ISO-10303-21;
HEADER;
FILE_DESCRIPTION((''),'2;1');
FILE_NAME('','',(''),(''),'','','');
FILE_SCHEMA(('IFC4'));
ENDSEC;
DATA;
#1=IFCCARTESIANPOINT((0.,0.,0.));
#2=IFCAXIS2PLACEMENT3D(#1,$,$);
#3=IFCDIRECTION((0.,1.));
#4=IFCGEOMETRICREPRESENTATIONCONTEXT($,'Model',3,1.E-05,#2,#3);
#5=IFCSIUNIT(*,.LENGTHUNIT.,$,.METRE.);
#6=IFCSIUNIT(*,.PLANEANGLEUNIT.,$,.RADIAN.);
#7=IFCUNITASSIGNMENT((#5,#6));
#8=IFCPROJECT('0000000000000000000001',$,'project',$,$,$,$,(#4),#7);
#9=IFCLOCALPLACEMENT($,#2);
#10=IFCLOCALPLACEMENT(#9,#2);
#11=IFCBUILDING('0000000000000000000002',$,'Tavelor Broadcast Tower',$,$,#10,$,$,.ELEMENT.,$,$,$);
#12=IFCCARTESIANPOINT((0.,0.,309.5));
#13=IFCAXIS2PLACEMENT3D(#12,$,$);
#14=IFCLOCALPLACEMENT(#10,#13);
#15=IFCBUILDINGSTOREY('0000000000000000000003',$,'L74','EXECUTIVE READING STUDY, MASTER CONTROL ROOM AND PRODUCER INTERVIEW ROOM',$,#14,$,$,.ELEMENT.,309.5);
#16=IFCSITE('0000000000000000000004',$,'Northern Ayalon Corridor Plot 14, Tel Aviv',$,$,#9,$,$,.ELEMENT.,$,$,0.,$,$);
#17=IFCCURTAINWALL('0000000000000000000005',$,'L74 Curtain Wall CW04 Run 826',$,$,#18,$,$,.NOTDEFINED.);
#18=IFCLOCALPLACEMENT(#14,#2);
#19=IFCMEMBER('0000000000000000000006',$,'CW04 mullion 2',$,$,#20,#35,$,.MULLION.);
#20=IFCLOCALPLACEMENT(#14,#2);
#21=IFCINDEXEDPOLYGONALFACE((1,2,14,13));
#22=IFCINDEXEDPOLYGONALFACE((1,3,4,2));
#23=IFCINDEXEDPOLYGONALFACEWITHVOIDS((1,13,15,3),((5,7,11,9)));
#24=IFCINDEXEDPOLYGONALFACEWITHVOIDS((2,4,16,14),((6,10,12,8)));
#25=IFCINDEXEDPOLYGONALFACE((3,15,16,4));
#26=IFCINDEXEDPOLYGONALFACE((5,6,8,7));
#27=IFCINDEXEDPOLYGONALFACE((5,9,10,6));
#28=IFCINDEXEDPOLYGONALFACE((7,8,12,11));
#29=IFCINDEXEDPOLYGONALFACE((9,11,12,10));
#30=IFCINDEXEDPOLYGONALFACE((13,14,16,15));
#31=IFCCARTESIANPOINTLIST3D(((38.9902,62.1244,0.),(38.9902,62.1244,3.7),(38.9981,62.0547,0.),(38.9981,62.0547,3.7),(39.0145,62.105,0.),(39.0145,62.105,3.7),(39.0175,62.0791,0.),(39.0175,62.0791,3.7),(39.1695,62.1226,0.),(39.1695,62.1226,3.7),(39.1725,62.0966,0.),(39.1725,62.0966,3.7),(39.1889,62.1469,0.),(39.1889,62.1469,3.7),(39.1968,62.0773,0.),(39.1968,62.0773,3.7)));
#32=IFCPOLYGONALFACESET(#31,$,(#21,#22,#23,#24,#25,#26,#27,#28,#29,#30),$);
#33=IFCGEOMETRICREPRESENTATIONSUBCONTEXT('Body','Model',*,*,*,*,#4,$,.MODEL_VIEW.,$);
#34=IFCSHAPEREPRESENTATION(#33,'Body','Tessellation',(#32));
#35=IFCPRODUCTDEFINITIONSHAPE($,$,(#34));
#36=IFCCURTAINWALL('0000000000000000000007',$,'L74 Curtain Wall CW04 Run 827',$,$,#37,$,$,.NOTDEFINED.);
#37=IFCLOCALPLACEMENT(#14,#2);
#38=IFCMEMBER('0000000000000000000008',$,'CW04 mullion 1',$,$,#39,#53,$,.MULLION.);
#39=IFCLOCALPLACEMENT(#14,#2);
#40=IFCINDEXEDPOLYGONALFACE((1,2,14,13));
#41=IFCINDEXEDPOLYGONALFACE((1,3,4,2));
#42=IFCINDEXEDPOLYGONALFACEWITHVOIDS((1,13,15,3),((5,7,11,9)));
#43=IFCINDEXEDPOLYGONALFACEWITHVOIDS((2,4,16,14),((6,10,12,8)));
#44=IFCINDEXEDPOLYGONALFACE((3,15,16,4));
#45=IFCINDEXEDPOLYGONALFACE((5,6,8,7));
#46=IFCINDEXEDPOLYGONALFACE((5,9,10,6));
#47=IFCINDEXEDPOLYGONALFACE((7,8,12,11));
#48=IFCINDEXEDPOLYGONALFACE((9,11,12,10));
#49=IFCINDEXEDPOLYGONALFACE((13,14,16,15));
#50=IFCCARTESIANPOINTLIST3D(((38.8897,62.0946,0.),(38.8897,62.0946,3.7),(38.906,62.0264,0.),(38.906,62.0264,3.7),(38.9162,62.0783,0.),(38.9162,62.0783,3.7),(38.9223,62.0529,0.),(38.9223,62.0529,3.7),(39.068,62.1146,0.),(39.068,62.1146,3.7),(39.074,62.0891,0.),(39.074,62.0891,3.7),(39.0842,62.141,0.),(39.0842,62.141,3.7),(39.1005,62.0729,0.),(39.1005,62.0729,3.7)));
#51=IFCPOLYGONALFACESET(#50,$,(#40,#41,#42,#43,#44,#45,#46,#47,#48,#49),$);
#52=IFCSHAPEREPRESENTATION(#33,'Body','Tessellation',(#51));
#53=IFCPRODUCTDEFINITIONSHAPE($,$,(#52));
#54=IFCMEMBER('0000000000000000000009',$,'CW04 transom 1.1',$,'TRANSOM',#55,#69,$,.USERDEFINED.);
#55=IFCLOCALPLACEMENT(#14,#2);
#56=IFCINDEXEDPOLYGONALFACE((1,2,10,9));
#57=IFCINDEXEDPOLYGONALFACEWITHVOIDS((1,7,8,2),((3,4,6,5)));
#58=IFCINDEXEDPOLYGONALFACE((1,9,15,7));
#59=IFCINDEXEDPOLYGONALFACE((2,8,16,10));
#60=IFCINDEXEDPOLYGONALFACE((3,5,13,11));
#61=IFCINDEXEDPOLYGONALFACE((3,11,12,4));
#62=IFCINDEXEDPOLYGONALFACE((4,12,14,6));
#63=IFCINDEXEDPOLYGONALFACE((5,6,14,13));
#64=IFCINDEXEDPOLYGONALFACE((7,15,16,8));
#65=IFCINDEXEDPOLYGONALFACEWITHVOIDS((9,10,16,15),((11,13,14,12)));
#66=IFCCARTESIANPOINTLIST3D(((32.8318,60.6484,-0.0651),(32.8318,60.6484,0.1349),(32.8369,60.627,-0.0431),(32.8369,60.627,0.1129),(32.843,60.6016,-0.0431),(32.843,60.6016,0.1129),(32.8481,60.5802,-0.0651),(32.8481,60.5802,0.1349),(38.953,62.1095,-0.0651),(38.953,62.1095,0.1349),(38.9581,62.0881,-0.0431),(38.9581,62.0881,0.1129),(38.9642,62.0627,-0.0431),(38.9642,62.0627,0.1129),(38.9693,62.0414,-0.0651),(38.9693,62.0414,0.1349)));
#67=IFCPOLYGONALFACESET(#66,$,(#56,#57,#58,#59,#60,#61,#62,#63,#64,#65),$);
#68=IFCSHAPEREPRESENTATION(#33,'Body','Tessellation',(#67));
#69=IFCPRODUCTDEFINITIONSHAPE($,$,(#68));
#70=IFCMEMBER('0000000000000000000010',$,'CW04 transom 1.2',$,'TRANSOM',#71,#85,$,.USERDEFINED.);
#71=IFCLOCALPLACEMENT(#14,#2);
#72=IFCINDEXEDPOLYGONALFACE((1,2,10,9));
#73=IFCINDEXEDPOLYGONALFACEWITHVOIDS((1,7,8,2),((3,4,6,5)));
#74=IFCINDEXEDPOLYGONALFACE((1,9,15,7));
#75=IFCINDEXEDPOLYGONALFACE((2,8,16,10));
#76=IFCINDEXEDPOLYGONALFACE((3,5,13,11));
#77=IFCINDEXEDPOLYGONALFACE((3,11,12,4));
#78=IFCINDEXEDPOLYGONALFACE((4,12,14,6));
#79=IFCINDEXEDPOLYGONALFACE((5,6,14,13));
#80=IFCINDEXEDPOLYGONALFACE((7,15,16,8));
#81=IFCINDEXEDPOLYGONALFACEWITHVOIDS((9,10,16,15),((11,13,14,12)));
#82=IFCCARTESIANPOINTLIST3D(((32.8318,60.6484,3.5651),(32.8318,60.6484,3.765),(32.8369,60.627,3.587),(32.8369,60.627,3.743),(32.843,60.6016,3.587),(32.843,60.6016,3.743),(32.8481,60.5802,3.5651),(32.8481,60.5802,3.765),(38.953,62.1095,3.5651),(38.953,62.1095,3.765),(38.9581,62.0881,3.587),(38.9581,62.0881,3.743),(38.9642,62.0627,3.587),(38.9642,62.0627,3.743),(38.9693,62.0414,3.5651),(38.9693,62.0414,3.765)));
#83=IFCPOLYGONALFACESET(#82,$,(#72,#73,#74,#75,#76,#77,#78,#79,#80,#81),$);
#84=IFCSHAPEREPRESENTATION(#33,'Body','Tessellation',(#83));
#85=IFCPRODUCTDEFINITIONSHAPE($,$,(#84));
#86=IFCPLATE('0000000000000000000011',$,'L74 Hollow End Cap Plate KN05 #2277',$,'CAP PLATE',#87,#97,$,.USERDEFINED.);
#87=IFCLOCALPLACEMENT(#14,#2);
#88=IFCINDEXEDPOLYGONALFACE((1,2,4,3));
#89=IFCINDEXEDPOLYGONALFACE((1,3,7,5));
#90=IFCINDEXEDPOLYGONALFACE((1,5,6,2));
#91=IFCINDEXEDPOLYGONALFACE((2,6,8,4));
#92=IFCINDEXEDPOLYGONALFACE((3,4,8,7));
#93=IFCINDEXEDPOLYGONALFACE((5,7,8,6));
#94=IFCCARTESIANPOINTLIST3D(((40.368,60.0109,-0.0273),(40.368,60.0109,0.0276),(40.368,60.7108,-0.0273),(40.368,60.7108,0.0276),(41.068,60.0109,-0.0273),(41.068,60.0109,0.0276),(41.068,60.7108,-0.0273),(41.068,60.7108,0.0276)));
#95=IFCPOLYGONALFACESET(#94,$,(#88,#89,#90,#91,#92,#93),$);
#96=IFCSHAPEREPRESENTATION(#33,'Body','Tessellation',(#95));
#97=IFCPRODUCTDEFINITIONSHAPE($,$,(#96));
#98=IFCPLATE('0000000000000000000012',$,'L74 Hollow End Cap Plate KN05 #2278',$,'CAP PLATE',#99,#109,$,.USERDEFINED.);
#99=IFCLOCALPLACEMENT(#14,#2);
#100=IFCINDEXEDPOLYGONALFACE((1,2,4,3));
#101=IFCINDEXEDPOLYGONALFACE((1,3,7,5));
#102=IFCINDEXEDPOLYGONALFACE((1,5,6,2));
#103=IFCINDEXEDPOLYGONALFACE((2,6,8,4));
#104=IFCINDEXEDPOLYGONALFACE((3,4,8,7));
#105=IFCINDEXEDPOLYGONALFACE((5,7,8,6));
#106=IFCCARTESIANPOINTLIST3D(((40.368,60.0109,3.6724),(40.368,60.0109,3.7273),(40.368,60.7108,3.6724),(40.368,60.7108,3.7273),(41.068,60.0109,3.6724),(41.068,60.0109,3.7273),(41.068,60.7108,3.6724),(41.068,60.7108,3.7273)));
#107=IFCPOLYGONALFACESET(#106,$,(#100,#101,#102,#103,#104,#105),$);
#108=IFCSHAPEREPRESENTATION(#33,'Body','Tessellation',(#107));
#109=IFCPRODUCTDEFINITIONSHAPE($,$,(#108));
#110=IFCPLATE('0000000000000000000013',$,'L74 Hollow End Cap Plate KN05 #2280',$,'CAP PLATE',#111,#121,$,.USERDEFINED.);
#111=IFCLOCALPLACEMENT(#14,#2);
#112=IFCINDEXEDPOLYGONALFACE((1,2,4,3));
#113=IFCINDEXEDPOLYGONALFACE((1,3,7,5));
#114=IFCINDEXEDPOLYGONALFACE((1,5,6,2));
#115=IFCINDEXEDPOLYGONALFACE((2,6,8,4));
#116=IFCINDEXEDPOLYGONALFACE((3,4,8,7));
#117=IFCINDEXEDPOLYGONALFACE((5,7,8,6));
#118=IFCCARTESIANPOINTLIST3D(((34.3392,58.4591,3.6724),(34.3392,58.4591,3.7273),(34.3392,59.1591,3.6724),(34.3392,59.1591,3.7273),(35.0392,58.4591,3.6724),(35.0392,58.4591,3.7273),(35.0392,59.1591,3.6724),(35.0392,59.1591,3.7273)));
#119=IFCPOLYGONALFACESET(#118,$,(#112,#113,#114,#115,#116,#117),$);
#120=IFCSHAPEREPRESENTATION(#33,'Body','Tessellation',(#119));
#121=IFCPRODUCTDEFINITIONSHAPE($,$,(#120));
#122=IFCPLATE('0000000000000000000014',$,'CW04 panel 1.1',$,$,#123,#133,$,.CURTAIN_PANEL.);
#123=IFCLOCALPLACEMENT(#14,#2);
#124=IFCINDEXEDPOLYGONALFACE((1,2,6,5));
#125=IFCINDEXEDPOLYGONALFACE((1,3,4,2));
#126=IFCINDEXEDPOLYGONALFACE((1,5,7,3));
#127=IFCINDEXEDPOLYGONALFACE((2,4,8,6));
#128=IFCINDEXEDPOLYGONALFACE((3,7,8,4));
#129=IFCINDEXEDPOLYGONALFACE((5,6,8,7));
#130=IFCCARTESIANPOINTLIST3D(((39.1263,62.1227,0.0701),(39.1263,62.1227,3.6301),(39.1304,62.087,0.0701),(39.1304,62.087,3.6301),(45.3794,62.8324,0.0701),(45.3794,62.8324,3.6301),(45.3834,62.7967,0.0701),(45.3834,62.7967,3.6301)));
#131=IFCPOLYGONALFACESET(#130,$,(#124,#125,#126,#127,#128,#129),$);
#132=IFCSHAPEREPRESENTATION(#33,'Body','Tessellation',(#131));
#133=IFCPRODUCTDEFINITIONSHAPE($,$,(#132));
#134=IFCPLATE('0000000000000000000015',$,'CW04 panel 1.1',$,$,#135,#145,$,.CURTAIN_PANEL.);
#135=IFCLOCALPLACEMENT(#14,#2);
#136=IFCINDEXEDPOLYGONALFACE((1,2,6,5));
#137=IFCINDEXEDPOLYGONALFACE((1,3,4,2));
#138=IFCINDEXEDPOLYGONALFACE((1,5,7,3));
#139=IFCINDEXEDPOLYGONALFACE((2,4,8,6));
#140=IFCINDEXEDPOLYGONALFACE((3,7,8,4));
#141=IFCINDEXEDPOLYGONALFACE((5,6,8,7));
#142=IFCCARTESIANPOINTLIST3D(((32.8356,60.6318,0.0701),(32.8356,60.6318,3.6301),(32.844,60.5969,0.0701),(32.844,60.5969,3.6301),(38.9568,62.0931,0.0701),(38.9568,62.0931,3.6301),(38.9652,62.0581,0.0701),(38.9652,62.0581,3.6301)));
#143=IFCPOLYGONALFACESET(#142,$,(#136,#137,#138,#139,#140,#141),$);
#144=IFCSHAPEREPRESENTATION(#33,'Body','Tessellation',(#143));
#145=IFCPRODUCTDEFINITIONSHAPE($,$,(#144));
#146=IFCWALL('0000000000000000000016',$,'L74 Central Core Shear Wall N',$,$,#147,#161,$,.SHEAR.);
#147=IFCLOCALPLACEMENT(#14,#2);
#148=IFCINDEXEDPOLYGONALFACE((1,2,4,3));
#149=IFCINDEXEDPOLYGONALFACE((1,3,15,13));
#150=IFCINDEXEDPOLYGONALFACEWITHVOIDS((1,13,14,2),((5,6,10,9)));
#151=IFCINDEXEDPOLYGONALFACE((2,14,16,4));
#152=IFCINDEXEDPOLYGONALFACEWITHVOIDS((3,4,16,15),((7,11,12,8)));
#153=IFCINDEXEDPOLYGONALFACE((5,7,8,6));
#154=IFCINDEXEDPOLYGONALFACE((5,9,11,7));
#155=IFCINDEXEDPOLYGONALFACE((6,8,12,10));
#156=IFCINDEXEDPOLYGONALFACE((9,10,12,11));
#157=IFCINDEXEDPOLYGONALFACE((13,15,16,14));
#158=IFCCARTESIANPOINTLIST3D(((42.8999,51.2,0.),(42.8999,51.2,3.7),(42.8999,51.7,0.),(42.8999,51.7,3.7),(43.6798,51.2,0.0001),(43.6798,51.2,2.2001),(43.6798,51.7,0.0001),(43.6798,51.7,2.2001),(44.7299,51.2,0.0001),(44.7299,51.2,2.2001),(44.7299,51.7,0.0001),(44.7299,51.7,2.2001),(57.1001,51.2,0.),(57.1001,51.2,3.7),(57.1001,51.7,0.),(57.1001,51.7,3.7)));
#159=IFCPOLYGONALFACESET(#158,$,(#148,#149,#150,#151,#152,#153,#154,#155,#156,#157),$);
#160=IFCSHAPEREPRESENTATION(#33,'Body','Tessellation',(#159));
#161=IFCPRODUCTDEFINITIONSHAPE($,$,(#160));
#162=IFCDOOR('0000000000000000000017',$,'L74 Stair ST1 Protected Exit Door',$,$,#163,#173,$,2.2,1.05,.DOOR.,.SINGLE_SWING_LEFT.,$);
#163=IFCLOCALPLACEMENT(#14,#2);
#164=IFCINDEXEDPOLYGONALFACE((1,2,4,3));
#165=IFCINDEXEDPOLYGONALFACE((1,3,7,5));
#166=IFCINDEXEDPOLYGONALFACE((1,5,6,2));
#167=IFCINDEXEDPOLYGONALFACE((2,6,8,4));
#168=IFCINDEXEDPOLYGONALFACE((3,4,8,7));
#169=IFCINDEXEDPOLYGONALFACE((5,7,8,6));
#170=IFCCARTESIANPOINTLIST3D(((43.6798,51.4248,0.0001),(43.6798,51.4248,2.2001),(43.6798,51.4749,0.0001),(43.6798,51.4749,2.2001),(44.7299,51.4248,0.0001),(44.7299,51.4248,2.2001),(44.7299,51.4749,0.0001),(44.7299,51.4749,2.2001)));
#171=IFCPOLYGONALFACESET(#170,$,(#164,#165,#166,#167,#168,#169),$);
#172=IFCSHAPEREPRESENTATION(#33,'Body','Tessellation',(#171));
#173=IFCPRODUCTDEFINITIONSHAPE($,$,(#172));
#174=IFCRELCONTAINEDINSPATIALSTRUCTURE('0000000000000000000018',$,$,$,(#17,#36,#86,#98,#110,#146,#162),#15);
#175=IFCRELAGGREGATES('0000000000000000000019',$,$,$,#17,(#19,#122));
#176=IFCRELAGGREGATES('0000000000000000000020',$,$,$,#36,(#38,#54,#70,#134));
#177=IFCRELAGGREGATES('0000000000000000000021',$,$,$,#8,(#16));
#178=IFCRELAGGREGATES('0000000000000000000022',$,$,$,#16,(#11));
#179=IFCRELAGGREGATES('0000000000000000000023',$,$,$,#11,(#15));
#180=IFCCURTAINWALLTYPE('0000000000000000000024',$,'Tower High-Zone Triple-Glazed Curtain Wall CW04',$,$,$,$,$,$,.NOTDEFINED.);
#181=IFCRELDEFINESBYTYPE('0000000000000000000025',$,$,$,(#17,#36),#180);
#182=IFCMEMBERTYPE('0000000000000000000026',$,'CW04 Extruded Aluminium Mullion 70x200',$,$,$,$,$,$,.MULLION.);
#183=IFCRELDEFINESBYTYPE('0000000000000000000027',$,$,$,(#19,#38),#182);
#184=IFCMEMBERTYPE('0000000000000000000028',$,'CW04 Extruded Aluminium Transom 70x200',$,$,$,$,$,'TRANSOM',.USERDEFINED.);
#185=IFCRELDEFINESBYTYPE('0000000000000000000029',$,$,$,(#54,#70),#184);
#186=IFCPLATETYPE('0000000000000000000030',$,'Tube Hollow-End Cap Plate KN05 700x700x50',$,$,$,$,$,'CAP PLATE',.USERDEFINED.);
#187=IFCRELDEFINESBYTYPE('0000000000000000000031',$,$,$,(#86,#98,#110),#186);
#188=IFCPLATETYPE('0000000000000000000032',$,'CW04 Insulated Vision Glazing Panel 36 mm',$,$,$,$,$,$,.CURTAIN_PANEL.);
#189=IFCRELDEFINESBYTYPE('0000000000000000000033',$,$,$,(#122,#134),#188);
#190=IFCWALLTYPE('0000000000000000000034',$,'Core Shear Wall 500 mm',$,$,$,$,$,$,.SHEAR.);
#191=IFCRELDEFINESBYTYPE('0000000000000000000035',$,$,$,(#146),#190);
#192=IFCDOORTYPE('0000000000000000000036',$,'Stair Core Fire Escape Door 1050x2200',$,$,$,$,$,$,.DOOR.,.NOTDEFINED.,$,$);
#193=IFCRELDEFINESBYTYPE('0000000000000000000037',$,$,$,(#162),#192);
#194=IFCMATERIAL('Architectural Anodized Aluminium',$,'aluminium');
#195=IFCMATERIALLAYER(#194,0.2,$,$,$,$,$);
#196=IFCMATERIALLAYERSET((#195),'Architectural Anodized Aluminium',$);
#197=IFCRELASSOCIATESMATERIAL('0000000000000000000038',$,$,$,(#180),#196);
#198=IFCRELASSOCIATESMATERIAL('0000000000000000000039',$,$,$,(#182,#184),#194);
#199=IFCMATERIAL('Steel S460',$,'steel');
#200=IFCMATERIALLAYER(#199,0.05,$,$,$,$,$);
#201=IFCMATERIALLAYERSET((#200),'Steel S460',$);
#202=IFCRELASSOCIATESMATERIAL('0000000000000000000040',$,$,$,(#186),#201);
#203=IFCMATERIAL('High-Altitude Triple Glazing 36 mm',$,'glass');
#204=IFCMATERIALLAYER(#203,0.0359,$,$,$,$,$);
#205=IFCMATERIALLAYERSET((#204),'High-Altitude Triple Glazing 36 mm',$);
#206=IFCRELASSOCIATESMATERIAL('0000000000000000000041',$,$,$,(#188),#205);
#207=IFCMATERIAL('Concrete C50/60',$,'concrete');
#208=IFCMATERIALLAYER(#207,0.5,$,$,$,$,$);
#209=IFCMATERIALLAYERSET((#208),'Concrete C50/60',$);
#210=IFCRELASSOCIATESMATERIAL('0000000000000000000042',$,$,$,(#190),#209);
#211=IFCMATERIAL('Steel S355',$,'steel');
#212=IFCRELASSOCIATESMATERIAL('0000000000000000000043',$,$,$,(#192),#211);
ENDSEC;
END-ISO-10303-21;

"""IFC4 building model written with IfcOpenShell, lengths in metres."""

from ifc_helpers import new_model, si_unit, direction, frame, frame_2d, origin, origin_2d, place, context, subcontext, project, spatial, rectangle, hollow_rectangle, extrude, source, transform, mapped, material, layer, layer_set, material_profile, profile_set, type_object, type_shapes, element, fill, aggregate, save


model = new_model("IFC4")

# Units and contexts
model_context = context("Model", 3, precision=1e-05, world=origin(), true_north=direction((0.0, 1.0)))
body_context = subcontext(model_context, "Body", "Model", "MODEL_VIEW")
ifc_project = project(units=[si_unit("LENGTHUNIT", "METRE"), si_unit("PLANEANGLEUNIT", "RADIAN")], contexts=[model_context])

# Site, building, storey
site_placement = place(None, origin())
site = spatial("IfcSite", under=ifc_project, at=site_placement, Name="Northern Ayalon Corridor Plot 14, Tel Aviv", CompositionType="ELEMENT", RefElevation=0.0)
building_placement = place(site_placement, origin())
building = spatial("IfcBuilding", under=site, at=building_placement, Name="Tavelor Broadcast Tower", CompositionType="ELEMENT")
storey_placement = place(building_placement, frame((0.0, 0.0, 309.5)))
storey = spatial("IfcBuildingStorey", under=building, at=storey_placement, Name="L74", Description="EXECUTIVE READING STUDY, MASTER CONTROL ROOM AND PRODUCER INTERVIEW ROOM", CompositionType="ELEMENT", Elevation=309.5)

# Shared definitions
ifc_material_1 = material(Name="Steel S460", Category="steel")

# Shared definitions
ifc_material_2 = material(Name="Steel S355", Category="steel")

# Curtain wall, member
ifc_material_3 = material(Name="Architectural Anodized Aluminium", Category="aluminium")
ifc_layer_1 = layer(ifc_material_3, 0.2)
ifc_layer_set_1 = layer_set([ifc_layer_1], Name="Architectural Anodized Aluminium")
curtain_wall_type = type_object("IfcCurtainWallType", Name="Tower High-Zone Triple-Glazed Curtain Wall CW04", PredefinedType="NOTDEFINED", material=ifc_layer_set_1)
curtain_wall_1_placement = place(storey_placement, origin())
curtain_wall_1 = element("IfcCurtainWall", 1, at=curtain_wall_1_placement, inside=storey, type_object=curtain_wall_type, Name="L74 Curtain Wall CW04 Run 826", PredefinedType="NOTDEFINED")
ifc_material_profile_1 = material_profile(ifc_material_3, hollow_rectangle(XDim=0.0701, YDim=0.2, WallThickness=0.022, at=origin_2d()), Name="RHS 70x200x22")
ifc_profile_set_1 = profile_set([ifc_material_profile_1], Name="Architectural Anodized Aluminium")
member_type_1 = type_object("IfcMemberType", Name="CW04 Extruded Aluminium Mullion 70x200", PredefinedType="MULLION", material=ifc_profile_set_1)
shared_shape_1 = source(origin(), body_context, "Body", "SweptSolid", [
    extrude(hollow_rectangle(XDim=0.0701, YDim=0.2, WallThickness=0.022, at=origin_2d()), origin(), (0.0, 0.0, 1.0), 3.7),
])
type_shapes(member_type_1, [shared_shape_1])
member_1_placement = place(storey_placement, frame((39.0935, 62.1008, 0.0), z_axis=(0.0, 0.0, 1.0), x_axis=(0.112774, -0.993621, 0.0)))
member_1 = element("IfcMember", 2, at=member_1_placement, type_object=member_type_1, Name="CW04 mullion 2", PredefinedType="MULLION", context=body_context, shape_type="MappedRepresentation", body=[
    mapped(shared_shape_1, transform((0.0, 0.0, 0.0), scale=1.0)),
])

# Curtain wall, members
curtain_wall_2_placement = place(storey_placement, origin())
curtain_wall_2 = element("IfcCurtainWall", 3, at=curtain_wall_2_placement, inside=storey, type_object=curtain_wall_type, Name="L74 Curtain Wall CW04 Run 827", PredefinedType="NOTDEFINED")
member_2_placement = place(storey_placement, frame((38.9951, 62.0837, 0.0), z_axis=(0.0, 0.0, 1.0), x_axis=(0.232197, -0.972669, 0.0)))
member_2 = element("IfcMember", 4, at=member_2_placement, type_object=member_type_1, Name="CW04 mullion 1", PredefinedType="MULLION", context=body_context, shape_type="MappedRepresentation", body=[
    mapped(shared_shape_1, transform((0.0, 0.0, 0.0), scale=1.0)),
])
ifc_material_profile_2 = material_profile(ifc_material_3, hollow_rectangle(XDim=0.0701, YDim=0.2, WallThickness=0.022, at=origin_2d()), Name="RHS 70x200x22")
ifc_profile_set_2 = profile_set([ifc_material_profile_2], Name="Architectural Anodized Aluminium")
member_type_2 = type_object("IfcMemberType", Name="CW04 Extruded Aluminium Transom 70x200", ElementType="TRANSOM", PredefinedType="USERDEFINED", material=ifc_profile_set_2)
shared_shape_2 = source(origin(), body_context, "Body", "SweptSolid", [
    extrude(hollow_rectangle(XDim=0.0701, YDim=0.2, WallThickness=0.022, at=origin_2d()), origin(), (0.0, 0.0, 1.0), 6.2932),
])
type_shapes(member_type_2, [shared_shape_2])
member_3_placement = place(storey_placement, frame((38.9612, 62.0754, 0.0349), z_axis=(-0.972673, -0.23218, 0.0), x_axis=(0.23218, -0.972673, 0.0)))
member_3 = element("IfcMember", 5, at=member_3_placement, type_object=member_type_2, Name="CW04 transom 1.1", ObjectType="TRANSOM", PredefinedType="USERDEFINED", context=body_context, shape_type="MappedRepresentation", body=[
    mapped(shared_shape_2, transform((0.0, 0.0, 0.0), scale=1.0)),
])
member_4_placement = place(storey_placement, frame((38.9612, 62.0754, 3.665), z_axis=(-0.972673, -0.23218, 0.0), x_axis=(0.23218, -0.972673, 0.0)))
member_4 = element("IfcMember", 6, at=member_4_placement, type_object=member_type_2, Name="CW04 transom 1.2", ObjectType="TRANSOM", PredefinedType="USERDEFINED", context=body_context, shape_type="MappedRepresentation", body=[
    mapped(shared_shape_2, transform((0.0, 0.0, 0.0), scale=1.0)),
])

# Plates
ifc_layer_2 = layer(ifc_material_1, 0.05)
ifc_layer_set_2 = layer_set([ifc_layer_2], Name="Steel S460")
plate_type_1 = type_object("IfcPlateType", Name="Tube Hollow-End Cap Plate KN05 700x700x50", ElementType="CAP PLATE", PredefinedType="USERDEFINED", material=ifc_layer_set_2)
shared_shape_3 = source(origin(), body_context, "Body", "SweptSolid", [
    extrude(rectangle(XDim=0.7, YDim=0.7, at=origin_2d()), origin(), (0.0, 0.0, 1.0), 0.0549),
])
type_shapes(plate_type_1, [shared_shape_3])
for number, where, z_axis, x_axis, name in (
    (7, (40.718, 60.3608, -0.0273), (0.0, 0.0, 1.0), (1.0, 0.0, 0.0), "L74 Hollow End Cap Plate KN05 #2277"),
    (8, (40.718, 60.3608, 3.6724), (0.0, 0.0, 1.0), (1.0, 0.0, 0.0), "L74 Hollow End Cap Plate KN05 #2278"),
    (9, (34.6892, 58.8091, 3.6724), (0.0, 0.0, 1.0), (1.0, 0.0, 0.0), "L74 Hollow End Cap Plate KN05 #2280"),
):
    element("IfcPlate", number, at=place(storey_placement, frame(where, z_axis=z_axis, x_axis=x_axis)), inside=storey, type_object=plate_type_1, Name=name, ObjectType="CAP PLATE", PredefinedType="USERDEFINED", context=body_context, shape_type="MappedRepresentation", body=[
        mapped(shared_shape_3, transform((0.0, 0.0, 0.0), scale=1.0)),
    ])

# Plates
ifc_material_4 = material(Name="High-Altitude Triple Glazing 36 mm", Category="glass")
ifc_layer_3 = layer(ifc_material_4, 0.0359)
ifc_layer_set_3 = layer_set([ifc_layer_3], Name="High-Altitude Triple Glazing 36 mm")
plate_type_2 = type_object("IfcPlateType", Name="CW04 Insulated Vision Glazing Panel 36 mm", PredefinedType="CURTAIN_PANEL", material=ifc_layer_set_3)
shared_shape_4 = source(origin(), body_context, "Body", "SweptSolid", [
    extrude(rectangle(XDim=6.2932, YDim=0.0359, at=origin_2d()), origin(), (0.0, 0.0, 1.0), 3.5601),
])
type_shapes(plate_type_2, [shared_shape_4])
plate_1_placement = place(storey_placement, frame((42.2549, 62.4597, 0.0701), z_axis=(0.0, 0.0, 1.0), x_axis=(-0.993621, -0.112774, 0.0)))
plate_1 = element("IfcPlate", 10, at=plate_1_placement, type_object=plate_type_2, Name="CW04 panel 1.1", PredefinedType="CURTAIN_PANEL", context=body_context, shape_type="MappedRepresentation", body=[
    mapped(shared_shape_4, transform((0.0, 0.0, 0.0), scale=1.0)),
])
aggregate(curtain_wall_1, [member_1, plate_1])
plate_2_placement = place(storey_placement, frame((35.9004, 61.345, 0.0701), z_axis=(0.0, 0.0, 1.0), x_axis=(-0.972669, -0.232197, 0.0)))
plate_2 = element("IfcPlate", 11, at=plate_2_placement, type_object=plate_type_2, Name="CW04 panel 1.1", PredefinedType="CURTAIN_PANEL", context=body_context, shape_type="MappedRepresentation", body=[
    mapped(shared_shape_4, transform((0.0, 0.0, 0.0), scale=1.0)),
])
aggregate(curtain_wall_2, [member_2, member_3, member_4, plate_2])

# Wall, opening, door
ifc_material_5 = material(Name="Concrete C50/60", Category="concrete")
ifc_layer_4 = layer(ifc_material_5, 0.5)
ifc_layer_set_4 = layer_set([ifc_layer_4], Name="Concrete C50/60")
wall_type = type_object("IfcWallType", Name="Core Shear Wall 500 mm", PredefinedType="SHEAR", material=ifc_layer_set_4)
wall_placement = place(storey_placement, frame((42.8999, 51.45, 0.0), z_axis=(0.0, 0.0, 1.0), x_axis=(1.0, 0.0, 0.0)))
wall = element("IfcWall", 12, at=wall_placement, inside=storey, type_object=wall_type, Name="L74 Central Core Shear Wall N", PredefinedType="SHEAR", context=body_context, shape_type="SweptSolid", body=[
    extrude(rectangle(XDim=14.2002, YDim=0.5, at=frame_2d((7.1001, 0.0))), origin(), (0.0, 0.0, 1.0), 3.7),
])
opening_placement = place(wall_placement, frame((0.78, 0.0, 0.0)))
opening = element("IfcOpeningElement", 13, at=opening_placement, cuts=wall, PredefinedType="OPENING", context=body_context, shape_type="SweptSolid", body=[
    extrude(rectangle(XDim=1.05, YDim=2.2, at=frame_2d((0.5249, 1.1001))), frame((0.0, 0.26, 0.0), z_axis=(0.0, -1.0, 0.0), x_axis=(1.0, 0.0, 0.0)), (0.0, 0.0, 1.0), 0.52),
])
door_type = type_object("IfcDoorType", Name="Stair Core Fire Escape Door 1050x2200", OperationType="NOTDEFINED", PredefinedType="DOOR", material=ifc_material_2)
door_placement = place(opening_placement, origin())
door = element("IfcDoor", 14, at=door_placement, inside=storey, type_object=door_type, Name="L74 Stair ST1 Protected Exit Door", OperationType="SINGLE_SWING_LEFT", OverallHeight=2.2, OverallWidth=1.05, PredefinedType="DOOR", context=body_context, shape_type="SweptSolid", body=[
    extrude(rectangle(XDim=1.05, YDim=2.2, at=frame_2d((0.5249, 1.1001))), frame((0.0, 0.0249, 0.0), z_axis=(0.0, -1.0, 0.0), x_axis=(1.0, 0.0, 0.0)), (0.0, 0.0, 1.0), 0.05),
])
fill(opening, door)

save(model, "model.ifc")
